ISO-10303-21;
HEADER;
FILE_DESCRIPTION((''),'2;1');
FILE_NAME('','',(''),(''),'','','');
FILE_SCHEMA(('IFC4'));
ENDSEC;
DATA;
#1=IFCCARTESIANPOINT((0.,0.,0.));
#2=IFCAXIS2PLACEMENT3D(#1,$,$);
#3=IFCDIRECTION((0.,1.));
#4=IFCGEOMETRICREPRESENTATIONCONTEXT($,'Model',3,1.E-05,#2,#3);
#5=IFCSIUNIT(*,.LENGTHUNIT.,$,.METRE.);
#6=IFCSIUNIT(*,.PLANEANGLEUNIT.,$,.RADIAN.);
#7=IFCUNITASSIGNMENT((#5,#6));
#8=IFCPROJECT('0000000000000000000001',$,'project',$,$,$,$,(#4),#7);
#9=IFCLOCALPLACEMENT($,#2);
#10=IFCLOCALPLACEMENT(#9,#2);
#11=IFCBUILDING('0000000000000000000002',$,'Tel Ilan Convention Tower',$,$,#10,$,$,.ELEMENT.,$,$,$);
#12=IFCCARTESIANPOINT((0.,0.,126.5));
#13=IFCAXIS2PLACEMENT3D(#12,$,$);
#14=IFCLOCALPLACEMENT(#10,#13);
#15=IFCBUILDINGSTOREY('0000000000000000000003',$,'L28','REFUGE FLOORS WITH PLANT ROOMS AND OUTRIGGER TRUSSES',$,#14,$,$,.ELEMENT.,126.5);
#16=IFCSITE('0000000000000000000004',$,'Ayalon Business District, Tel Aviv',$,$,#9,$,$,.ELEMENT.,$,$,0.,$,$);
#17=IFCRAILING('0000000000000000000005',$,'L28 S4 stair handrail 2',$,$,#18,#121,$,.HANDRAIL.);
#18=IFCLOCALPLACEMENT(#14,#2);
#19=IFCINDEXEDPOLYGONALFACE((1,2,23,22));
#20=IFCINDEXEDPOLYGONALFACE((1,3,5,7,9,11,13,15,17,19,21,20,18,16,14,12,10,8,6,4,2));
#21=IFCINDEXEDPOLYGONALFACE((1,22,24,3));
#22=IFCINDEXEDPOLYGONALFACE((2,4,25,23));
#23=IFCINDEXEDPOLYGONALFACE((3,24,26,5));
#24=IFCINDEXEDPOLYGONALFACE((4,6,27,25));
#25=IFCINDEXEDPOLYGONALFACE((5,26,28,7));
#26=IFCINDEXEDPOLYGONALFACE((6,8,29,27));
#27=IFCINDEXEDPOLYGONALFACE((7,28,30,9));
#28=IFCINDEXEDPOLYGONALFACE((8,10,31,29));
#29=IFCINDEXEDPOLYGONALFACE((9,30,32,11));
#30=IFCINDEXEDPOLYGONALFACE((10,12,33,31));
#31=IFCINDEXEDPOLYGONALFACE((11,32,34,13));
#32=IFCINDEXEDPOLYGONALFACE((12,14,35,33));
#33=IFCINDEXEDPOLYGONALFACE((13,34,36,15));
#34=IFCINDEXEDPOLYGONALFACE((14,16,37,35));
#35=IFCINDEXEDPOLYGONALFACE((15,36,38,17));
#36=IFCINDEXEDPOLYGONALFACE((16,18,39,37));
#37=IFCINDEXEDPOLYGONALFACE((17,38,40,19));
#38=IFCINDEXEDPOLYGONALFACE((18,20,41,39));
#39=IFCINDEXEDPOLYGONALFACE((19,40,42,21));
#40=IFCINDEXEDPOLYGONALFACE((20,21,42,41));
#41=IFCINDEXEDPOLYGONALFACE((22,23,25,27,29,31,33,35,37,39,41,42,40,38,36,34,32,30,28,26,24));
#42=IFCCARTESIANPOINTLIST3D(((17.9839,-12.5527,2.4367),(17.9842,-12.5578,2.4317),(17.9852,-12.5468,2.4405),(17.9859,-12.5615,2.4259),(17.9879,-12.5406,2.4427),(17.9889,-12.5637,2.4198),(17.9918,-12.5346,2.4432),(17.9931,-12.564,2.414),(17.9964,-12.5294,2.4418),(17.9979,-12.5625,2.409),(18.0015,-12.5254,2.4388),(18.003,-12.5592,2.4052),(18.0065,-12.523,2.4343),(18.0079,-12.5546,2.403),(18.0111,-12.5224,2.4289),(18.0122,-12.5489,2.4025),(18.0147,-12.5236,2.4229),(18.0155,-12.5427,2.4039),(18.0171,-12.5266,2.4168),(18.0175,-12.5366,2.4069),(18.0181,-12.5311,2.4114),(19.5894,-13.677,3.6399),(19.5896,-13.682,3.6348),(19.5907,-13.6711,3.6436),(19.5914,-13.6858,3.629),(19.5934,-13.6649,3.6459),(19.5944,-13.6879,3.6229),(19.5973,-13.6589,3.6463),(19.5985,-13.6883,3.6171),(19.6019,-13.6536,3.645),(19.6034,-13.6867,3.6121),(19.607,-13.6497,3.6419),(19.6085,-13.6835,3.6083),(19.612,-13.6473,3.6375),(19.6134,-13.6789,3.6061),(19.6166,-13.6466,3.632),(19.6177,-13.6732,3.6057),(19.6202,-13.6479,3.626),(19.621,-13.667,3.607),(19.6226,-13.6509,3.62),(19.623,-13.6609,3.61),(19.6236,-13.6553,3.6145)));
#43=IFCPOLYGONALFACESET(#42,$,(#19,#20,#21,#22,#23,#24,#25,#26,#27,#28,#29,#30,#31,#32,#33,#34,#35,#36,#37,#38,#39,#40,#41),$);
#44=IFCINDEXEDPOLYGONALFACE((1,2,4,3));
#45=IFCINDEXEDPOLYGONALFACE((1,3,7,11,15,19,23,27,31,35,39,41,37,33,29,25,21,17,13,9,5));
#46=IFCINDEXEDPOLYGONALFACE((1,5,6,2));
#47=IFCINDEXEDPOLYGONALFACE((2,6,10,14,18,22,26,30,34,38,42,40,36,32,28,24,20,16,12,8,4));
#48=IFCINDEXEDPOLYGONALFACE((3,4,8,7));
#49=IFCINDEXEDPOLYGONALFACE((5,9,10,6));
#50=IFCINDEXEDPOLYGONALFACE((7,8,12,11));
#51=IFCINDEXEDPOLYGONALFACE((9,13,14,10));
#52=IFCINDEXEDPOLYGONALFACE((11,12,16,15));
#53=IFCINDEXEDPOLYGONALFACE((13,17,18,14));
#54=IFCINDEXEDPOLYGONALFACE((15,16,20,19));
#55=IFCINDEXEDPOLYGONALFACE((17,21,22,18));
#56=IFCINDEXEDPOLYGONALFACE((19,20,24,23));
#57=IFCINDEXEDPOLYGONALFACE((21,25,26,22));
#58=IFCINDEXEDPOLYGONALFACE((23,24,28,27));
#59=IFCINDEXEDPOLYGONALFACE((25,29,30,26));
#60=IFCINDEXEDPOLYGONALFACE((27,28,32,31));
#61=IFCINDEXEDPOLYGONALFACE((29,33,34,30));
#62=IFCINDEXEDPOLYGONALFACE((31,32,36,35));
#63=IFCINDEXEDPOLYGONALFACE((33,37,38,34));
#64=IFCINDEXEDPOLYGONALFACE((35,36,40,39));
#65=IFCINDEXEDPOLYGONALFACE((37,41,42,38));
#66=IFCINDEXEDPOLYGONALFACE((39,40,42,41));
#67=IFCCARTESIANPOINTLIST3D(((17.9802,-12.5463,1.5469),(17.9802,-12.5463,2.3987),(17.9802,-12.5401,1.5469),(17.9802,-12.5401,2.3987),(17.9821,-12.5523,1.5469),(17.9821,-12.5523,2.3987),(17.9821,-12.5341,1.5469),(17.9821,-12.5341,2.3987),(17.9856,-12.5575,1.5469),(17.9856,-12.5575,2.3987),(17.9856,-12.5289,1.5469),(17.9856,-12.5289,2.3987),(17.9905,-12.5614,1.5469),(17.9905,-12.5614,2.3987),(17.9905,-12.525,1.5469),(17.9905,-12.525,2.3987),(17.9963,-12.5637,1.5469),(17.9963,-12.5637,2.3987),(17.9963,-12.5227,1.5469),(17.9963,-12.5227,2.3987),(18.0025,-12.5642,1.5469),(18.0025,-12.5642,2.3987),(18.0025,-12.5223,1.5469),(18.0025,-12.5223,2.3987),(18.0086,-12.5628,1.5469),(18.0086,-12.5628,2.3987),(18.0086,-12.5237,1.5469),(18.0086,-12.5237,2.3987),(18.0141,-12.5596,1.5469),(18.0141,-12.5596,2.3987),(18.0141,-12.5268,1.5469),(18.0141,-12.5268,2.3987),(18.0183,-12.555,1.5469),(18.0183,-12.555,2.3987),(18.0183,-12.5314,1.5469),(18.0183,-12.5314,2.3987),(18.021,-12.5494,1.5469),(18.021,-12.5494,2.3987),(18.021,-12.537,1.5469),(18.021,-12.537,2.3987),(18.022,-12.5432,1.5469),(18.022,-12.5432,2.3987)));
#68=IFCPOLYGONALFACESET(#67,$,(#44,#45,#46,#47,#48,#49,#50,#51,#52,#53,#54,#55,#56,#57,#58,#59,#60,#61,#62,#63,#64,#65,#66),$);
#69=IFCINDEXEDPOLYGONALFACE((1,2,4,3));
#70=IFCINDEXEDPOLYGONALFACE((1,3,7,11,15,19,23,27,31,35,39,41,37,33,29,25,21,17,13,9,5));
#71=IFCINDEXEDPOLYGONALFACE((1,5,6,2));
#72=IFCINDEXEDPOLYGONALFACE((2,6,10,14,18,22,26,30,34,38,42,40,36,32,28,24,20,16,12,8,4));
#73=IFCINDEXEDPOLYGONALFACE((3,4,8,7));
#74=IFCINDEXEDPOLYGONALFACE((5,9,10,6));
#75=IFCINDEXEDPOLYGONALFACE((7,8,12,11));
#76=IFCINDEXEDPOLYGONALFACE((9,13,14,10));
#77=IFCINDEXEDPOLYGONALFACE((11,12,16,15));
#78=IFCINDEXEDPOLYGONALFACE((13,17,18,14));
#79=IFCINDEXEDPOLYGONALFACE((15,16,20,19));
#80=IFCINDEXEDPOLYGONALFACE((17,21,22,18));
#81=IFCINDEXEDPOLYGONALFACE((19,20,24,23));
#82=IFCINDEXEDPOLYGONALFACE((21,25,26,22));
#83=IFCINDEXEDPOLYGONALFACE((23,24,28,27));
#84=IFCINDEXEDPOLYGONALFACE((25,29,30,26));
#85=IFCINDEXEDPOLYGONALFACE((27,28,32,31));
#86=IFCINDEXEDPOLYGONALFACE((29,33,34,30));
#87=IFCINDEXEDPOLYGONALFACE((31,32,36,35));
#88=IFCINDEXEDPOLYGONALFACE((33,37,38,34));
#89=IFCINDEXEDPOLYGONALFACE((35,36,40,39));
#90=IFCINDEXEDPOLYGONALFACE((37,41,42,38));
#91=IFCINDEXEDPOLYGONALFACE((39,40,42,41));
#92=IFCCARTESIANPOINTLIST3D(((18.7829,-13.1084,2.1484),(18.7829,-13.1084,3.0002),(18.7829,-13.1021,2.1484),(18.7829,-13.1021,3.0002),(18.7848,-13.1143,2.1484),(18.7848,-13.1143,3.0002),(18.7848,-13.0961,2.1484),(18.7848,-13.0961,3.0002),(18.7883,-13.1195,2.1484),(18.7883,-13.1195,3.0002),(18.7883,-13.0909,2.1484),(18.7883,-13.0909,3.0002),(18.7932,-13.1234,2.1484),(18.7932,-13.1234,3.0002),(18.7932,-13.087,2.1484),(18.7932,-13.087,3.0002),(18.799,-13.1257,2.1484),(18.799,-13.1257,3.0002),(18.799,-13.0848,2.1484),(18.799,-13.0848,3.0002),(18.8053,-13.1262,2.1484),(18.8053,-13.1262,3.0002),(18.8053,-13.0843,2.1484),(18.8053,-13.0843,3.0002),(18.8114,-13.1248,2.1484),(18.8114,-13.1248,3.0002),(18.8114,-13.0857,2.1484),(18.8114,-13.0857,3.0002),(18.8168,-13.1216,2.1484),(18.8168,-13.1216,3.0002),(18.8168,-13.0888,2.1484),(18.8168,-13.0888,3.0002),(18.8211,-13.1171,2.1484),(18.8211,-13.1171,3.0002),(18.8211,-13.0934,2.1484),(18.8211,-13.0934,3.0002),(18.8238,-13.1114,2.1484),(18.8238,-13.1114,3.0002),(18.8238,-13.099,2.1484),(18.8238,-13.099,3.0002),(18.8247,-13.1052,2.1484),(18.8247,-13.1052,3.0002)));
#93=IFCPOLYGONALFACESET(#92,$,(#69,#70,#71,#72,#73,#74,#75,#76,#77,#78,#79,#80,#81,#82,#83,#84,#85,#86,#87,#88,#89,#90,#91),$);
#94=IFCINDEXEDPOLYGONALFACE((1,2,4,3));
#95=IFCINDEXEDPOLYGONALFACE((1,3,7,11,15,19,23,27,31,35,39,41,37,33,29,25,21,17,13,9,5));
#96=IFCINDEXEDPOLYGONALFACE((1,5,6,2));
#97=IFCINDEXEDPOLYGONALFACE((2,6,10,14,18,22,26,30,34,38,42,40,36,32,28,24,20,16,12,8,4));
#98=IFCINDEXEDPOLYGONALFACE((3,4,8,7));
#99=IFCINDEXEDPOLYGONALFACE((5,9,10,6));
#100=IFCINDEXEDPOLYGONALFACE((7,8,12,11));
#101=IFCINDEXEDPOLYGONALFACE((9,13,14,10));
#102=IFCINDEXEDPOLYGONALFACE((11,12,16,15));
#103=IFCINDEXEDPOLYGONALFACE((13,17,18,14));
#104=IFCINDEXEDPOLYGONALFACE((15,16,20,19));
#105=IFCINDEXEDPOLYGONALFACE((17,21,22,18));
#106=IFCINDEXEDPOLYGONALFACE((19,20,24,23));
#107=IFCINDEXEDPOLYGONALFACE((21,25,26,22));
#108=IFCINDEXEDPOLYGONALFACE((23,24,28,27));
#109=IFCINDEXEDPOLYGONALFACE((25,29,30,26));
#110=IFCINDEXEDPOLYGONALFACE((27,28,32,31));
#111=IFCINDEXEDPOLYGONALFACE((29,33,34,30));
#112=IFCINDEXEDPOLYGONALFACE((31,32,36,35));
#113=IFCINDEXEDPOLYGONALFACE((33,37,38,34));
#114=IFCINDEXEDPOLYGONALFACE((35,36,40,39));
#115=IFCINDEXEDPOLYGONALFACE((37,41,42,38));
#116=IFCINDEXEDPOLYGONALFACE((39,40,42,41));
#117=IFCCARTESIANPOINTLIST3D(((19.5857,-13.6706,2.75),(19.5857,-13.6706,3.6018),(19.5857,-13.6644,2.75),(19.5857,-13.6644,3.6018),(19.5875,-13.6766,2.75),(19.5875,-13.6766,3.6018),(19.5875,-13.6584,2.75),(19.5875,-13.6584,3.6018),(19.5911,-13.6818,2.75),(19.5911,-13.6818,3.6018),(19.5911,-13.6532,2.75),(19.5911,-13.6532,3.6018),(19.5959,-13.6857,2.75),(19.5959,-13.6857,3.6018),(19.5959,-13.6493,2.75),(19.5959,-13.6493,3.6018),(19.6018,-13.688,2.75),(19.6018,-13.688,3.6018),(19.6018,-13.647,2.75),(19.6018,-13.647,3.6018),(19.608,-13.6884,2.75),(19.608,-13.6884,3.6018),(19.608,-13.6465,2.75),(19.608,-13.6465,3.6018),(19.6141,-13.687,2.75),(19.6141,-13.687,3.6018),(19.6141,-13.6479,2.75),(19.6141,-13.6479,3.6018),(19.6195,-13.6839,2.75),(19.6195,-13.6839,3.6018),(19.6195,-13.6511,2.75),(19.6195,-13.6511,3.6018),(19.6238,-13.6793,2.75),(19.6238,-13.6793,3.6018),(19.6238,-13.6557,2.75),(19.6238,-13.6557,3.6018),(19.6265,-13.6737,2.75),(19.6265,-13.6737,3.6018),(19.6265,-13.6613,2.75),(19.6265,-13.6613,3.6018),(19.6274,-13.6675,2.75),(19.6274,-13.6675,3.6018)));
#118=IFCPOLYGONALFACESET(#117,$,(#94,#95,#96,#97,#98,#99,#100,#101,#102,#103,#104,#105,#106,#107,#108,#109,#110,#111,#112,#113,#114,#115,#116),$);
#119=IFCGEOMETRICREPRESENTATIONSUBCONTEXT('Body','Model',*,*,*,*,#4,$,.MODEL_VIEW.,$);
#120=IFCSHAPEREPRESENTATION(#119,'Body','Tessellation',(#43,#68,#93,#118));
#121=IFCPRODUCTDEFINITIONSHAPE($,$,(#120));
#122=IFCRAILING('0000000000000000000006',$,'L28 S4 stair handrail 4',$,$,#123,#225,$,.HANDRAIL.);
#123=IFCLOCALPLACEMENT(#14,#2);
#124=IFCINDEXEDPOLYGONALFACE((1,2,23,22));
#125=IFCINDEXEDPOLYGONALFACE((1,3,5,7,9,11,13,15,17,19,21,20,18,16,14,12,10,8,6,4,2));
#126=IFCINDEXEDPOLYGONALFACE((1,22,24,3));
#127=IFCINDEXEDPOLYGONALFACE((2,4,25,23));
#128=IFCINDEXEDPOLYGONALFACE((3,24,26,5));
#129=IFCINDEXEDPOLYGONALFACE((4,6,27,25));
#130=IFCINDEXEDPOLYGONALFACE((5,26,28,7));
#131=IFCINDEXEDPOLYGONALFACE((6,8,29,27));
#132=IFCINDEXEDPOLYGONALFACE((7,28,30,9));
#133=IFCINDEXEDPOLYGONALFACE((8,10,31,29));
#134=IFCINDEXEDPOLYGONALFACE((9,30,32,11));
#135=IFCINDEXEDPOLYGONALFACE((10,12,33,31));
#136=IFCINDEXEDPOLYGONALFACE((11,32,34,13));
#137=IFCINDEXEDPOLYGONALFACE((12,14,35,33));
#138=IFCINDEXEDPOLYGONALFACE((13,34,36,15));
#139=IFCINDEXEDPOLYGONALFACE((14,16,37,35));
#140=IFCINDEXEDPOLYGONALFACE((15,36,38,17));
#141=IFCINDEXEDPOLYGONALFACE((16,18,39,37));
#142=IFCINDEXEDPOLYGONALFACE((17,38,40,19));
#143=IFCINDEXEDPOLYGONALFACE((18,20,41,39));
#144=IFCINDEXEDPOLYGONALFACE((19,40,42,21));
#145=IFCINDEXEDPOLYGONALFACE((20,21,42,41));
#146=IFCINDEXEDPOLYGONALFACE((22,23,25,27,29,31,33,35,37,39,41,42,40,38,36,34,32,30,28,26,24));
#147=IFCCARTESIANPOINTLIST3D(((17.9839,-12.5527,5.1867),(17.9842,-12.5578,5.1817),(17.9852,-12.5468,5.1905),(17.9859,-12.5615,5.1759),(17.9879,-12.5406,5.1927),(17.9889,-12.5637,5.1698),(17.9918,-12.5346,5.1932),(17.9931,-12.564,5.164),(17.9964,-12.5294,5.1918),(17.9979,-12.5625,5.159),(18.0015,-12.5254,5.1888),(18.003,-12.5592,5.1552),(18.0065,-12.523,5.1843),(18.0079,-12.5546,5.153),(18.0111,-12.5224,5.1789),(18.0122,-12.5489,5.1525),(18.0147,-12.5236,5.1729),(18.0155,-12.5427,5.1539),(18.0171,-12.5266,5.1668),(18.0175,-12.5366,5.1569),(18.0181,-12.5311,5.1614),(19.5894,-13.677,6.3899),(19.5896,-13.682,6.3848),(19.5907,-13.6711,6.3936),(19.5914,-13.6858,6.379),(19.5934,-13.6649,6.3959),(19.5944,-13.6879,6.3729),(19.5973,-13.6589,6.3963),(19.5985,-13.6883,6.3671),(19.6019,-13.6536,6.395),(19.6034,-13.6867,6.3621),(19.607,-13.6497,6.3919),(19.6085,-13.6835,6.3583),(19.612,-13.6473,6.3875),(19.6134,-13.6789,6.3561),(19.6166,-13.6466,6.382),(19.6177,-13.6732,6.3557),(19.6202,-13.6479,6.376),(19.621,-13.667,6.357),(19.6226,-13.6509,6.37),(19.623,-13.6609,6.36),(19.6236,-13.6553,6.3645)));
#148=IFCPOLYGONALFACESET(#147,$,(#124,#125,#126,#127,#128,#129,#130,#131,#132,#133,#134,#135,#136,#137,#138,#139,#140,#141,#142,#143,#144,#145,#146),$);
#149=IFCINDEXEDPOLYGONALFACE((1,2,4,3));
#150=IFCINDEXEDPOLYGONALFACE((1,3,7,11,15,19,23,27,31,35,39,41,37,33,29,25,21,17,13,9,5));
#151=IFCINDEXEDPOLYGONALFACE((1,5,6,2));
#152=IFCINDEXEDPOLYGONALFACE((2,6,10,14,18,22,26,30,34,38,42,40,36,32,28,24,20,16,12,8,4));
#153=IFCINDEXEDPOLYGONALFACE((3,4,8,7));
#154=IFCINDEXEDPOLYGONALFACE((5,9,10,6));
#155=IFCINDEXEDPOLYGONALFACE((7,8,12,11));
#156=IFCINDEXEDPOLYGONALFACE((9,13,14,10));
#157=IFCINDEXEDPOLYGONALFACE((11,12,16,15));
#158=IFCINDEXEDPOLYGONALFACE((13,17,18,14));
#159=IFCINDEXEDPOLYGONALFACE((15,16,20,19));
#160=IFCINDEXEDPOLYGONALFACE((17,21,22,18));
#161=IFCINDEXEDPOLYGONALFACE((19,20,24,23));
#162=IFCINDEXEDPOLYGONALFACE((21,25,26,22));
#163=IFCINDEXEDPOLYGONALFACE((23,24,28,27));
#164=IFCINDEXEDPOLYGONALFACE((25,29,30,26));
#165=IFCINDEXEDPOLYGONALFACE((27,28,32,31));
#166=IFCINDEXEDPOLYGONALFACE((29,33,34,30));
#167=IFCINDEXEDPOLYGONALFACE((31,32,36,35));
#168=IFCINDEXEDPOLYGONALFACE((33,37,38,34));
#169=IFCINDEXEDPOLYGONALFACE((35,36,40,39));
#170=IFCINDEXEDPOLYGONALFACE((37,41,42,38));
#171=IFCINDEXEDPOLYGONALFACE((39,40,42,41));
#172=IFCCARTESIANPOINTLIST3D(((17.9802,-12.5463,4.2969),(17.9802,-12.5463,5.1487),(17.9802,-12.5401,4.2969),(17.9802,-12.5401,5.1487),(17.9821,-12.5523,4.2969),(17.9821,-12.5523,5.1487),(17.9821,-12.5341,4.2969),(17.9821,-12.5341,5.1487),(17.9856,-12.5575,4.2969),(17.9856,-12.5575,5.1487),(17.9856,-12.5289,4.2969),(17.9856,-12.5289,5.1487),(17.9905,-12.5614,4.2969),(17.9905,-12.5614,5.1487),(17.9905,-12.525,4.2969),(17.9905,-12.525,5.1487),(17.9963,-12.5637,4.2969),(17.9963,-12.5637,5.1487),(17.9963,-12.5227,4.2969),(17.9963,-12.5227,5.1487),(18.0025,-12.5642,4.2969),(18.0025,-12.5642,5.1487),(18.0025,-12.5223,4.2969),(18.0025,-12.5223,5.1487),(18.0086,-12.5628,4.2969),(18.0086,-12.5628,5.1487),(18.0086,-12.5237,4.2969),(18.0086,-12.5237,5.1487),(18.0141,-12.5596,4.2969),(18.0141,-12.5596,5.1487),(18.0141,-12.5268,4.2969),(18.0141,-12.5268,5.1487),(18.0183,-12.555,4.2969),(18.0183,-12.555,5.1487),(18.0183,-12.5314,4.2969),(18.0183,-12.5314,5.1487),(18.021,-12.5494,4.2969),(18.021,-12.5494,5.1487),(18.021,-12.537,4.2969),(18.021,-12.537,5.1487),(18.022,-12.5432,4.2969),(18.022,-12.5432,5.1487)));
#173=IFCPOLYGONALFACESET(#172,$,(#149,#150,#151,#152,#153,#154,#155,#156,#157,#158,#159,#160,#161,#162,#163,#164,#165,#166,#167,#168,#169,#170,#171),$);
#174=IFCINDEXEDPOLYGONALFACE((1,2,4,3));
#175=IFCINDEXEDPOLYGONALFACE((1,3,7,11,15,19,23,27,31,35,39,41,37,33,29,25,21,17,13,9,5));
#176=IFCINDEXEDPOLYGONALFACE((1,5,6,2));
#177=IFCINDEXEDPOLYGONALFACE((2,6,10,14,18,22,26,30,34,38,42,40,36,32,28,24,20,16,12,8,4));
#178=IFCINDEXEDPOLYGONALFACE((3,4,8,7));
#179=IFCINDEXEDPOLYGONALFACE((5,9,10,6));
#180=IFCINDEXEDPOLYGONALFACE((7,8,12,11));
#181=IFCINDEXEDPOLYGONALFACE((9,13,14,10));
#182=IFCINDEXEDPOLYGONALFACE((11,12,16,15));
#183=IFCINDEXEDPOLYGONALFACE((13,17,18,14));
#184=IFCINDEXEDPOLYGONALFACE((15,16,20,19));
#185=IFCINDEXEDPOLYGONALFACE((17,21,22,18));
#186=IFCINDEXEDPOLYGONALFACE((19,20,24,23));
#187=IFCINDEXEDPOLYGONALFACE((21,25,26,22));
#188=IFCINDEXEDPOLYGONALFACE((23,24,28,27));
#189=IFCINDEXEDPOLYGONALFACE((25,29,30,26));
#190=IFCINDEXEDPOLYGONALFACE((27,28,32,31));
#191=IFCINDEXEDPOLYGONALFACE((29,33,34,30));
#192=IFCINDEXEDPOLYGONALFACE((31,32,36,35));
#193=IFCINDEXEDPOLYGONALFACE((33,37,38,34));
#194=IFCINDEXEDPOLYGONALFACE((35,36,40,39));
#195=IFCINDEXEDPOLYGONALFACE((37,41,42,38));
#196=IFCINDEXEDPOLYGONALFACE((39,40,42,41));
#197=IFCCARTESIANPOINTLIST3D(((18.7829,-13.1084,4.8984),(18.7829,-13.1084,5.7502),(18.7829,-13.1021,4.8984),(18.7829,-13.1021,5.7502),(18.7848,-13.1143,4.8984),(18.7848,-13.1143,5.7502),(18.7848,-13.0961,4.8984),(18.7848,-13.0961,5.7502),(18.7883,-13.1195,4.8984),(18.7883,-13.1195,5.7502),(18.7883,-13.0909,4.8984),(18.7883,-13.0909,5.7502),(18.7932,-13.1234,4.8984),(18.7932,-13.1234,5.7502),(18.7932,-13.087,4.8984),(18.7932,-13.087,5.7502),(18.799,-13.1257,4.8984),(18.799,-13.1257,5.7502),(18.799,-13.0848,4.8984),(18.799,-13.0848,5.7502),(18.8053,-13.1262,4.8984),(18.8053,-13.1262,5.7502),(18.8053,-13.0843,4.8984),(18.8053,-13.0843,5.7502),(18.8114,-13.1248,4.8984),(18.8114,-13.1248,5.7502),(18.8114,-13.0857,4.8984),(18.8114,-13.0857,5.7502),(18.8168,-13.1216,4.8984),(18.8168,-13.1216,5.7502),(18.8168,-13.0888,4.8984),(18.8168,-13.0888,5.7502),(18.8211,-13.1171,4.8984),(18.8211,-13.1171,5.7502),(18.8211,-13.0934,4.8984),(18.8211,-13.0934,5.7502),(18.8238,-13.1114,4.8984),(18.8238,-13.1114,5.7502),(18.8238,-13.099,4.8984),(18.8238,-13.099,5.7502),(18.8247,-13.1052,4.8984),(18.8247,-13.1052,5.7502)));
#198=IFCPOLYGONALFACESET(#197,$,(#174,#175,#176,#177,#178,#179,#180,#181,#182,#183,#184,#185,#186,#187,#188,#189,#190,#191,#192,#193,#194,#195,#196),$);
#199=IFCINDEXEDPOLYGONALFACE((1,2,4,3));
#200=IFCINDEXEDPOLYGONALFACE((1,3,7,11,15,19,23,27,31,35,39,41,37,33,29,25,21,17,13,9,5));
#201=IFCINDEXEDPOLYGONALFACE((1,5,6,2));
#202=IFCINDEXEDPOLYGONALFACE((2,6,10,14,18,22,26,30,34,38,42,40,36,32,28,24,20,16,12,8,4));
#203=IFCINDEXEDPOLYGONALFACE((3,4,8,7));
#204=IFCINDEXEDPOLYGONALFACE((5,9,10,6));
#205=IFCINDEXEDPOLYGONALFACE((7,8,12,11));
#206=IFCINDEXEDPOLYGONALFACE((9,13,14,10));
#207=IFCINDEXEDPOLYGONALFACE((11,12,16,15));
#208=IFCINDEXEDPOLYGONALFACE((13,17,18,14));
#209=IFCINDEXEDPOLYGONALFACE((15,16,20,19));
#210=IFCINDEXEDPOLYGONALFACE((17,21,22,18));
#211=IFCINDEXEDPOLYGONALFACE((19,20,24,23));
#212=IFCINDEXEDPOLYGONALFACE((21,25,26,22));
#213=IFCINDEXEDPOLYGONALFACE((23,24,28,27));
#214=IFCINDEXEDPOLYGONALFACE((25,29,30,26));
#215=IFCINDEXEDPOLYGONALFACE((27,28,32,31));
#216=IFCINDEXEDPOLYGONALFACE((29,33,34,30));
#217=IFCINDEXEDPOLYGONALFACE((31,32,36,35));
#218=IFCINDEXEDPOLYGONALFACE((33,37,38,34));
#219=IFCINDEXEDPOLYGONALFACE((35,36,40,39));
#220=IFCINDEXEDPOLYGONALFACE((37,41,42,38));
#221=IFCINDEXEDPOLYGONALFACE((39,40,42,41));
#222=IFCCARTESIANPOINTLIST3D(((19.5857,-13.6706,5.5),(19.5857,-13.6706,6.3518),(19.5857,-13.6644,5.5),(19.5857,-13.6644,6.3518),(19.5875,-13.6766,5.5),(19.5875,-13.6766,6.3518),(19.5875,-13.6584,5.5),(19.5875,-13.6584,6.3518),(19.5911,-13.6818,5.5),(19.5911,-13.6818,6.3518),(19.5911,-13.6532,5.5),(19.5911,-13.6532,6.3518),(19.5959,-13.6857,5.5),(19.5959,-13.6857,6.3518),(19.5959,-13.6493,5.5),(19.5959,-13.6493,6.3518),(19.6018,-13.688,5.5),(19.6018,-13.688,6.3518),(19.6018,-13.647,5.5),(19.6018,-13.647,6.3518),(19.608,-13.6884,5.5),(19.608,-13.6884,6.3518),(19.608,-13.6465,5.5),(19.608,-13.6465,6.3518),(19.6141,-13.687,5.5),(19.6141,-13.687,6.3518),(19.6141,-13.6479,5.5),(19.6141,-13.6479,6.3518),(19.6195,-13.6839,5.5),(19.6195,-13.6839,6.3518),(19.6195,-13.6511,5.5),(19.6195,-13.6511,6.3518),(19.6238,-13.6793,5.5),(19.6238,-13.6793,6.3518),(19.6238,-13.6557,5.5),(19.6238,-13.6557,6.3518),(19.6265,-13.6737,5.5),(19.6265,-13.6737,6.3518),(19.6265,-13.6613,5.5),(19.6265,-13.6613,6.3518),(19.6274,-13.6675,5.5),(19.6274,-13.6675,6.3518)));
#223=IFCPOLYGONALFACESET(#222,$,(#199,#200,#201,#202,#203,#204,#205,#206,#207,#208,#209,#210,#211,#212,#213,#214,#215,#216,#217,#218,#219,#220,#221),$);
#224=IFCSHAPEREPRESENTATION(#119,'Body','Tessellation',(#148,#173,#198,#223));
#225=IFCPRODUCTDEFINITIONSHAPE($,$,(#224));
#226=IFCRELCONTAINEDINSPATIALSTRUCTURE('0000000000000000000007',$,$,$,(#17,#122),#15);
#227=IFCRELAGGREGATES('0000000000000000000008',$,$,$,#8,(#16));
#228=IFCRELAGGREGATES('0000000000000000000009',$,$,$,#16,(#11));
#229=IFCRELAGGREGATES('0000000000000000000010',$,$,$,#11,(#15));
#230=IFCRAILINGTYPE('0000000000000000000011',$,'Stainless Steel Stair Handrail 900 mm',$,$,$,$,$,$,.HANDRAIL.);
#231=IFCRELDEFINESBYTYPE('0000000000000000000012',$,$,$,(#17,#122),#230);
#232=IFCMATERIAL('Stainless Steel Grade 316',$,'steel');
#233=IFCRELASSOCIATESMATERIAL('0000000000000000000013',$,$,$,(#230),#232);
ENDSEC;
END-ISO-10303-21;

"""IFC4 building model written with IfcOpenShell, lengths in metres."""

from ifc_helpers import new_model, si_unit, direction, frame, origin, origin_2d, place, context, subcontext, project, spatial, circle, extrude, material, type_object, element, save


model = new_model("IFC4")

# Units and contexts
model_context = context("Model", 3, precision=1e-05, world=origin(), true_north=direction((0.0, 1.0)))
body_context = subcontext(model_context, "Body", "Model", "MODEL_VIEW")
ifc_project = project(units=[si_unit("LENGTHUNIT", "METRE"), si_unit("PLANEANGLEUNIT", "RADIAN")], contexts=[model_context])

# Site, building, storey
site_placement = place(None, origin())
site = spatial("IfcSite", under=ifc_project, at=site_placement, Name="Ayalon Business District, Tel Aviv", CompositionType="ELEMENT", RefElevation=0.0)
building_placement = place(site_placement, origin())
building = spatial("IfcBuilding", under=site, at=building_placement, Name="Tel Ilan Convention Tower", CompositionType="ELEMENT")
storey_placement = place(building_placement, frame((0.0, 0.0, 126.5)))
storey = spatial("IfcBuildingStorey", under=building, at=storey_placement, Name="L28", Description="REFUGE FLOORS WITH PLANT ROOMS AND OUTRIGGER TRUSSES", CompositionType="ELEMENT", Elevation=126.5)

# Railings
ifc_material_1 = material(Name="Stainless Steel Grade 316", Category="steel")
railing_type_1 = type_object("IfcRailingType", Name="Stainless Steel Stair Handrail 900 mm", PredefinedType="HANDRAIL", material=ifc_material_1)
for number, where, name in (
    (1, (18.001, -12.5432, 1.5469), "L28 S4 stair handrail 2"),
    (2, (18.001, -12.5432, 4.2969), "L28 S4 stair handrail 4"),
):
    element("IfcRailing", number, at=place(storey_placement, frame(where)), inside=storey, type_object=railing_type_1, Name=name, PredefinedType="HANDRAIL", context=body_context, shape_type="SweptSolid", body=[
        extrude(circle(Radius=0.0239, at=origin_2d()), frame((0.0, 0.0, 0.876), z_axis=(0.698095, -0.488857, 0.523146), x_axis=(0.573613, 0.819127, 0.0)), (0.0, 0.0, 1.0), 2.2998),
        extrude(circle(Radius=0.021, at=origin_2d()), origin(), (0.0, 0.0, 1.0), 0.8518),
        extrude(circle(Radius=0.021, at=origin_2d()), frame((0.8027, -0.562, 0.6016)), (0.0, 0.0, 1.0), 0.8518),
        extrude(circle(Radius=0.021, at=origin_2d()), frame((1.6055, -1.1243, 1.2031)), (0.0, 0.0, 1.0), 0.8518),
    ])

save(model, "model.ifc")
